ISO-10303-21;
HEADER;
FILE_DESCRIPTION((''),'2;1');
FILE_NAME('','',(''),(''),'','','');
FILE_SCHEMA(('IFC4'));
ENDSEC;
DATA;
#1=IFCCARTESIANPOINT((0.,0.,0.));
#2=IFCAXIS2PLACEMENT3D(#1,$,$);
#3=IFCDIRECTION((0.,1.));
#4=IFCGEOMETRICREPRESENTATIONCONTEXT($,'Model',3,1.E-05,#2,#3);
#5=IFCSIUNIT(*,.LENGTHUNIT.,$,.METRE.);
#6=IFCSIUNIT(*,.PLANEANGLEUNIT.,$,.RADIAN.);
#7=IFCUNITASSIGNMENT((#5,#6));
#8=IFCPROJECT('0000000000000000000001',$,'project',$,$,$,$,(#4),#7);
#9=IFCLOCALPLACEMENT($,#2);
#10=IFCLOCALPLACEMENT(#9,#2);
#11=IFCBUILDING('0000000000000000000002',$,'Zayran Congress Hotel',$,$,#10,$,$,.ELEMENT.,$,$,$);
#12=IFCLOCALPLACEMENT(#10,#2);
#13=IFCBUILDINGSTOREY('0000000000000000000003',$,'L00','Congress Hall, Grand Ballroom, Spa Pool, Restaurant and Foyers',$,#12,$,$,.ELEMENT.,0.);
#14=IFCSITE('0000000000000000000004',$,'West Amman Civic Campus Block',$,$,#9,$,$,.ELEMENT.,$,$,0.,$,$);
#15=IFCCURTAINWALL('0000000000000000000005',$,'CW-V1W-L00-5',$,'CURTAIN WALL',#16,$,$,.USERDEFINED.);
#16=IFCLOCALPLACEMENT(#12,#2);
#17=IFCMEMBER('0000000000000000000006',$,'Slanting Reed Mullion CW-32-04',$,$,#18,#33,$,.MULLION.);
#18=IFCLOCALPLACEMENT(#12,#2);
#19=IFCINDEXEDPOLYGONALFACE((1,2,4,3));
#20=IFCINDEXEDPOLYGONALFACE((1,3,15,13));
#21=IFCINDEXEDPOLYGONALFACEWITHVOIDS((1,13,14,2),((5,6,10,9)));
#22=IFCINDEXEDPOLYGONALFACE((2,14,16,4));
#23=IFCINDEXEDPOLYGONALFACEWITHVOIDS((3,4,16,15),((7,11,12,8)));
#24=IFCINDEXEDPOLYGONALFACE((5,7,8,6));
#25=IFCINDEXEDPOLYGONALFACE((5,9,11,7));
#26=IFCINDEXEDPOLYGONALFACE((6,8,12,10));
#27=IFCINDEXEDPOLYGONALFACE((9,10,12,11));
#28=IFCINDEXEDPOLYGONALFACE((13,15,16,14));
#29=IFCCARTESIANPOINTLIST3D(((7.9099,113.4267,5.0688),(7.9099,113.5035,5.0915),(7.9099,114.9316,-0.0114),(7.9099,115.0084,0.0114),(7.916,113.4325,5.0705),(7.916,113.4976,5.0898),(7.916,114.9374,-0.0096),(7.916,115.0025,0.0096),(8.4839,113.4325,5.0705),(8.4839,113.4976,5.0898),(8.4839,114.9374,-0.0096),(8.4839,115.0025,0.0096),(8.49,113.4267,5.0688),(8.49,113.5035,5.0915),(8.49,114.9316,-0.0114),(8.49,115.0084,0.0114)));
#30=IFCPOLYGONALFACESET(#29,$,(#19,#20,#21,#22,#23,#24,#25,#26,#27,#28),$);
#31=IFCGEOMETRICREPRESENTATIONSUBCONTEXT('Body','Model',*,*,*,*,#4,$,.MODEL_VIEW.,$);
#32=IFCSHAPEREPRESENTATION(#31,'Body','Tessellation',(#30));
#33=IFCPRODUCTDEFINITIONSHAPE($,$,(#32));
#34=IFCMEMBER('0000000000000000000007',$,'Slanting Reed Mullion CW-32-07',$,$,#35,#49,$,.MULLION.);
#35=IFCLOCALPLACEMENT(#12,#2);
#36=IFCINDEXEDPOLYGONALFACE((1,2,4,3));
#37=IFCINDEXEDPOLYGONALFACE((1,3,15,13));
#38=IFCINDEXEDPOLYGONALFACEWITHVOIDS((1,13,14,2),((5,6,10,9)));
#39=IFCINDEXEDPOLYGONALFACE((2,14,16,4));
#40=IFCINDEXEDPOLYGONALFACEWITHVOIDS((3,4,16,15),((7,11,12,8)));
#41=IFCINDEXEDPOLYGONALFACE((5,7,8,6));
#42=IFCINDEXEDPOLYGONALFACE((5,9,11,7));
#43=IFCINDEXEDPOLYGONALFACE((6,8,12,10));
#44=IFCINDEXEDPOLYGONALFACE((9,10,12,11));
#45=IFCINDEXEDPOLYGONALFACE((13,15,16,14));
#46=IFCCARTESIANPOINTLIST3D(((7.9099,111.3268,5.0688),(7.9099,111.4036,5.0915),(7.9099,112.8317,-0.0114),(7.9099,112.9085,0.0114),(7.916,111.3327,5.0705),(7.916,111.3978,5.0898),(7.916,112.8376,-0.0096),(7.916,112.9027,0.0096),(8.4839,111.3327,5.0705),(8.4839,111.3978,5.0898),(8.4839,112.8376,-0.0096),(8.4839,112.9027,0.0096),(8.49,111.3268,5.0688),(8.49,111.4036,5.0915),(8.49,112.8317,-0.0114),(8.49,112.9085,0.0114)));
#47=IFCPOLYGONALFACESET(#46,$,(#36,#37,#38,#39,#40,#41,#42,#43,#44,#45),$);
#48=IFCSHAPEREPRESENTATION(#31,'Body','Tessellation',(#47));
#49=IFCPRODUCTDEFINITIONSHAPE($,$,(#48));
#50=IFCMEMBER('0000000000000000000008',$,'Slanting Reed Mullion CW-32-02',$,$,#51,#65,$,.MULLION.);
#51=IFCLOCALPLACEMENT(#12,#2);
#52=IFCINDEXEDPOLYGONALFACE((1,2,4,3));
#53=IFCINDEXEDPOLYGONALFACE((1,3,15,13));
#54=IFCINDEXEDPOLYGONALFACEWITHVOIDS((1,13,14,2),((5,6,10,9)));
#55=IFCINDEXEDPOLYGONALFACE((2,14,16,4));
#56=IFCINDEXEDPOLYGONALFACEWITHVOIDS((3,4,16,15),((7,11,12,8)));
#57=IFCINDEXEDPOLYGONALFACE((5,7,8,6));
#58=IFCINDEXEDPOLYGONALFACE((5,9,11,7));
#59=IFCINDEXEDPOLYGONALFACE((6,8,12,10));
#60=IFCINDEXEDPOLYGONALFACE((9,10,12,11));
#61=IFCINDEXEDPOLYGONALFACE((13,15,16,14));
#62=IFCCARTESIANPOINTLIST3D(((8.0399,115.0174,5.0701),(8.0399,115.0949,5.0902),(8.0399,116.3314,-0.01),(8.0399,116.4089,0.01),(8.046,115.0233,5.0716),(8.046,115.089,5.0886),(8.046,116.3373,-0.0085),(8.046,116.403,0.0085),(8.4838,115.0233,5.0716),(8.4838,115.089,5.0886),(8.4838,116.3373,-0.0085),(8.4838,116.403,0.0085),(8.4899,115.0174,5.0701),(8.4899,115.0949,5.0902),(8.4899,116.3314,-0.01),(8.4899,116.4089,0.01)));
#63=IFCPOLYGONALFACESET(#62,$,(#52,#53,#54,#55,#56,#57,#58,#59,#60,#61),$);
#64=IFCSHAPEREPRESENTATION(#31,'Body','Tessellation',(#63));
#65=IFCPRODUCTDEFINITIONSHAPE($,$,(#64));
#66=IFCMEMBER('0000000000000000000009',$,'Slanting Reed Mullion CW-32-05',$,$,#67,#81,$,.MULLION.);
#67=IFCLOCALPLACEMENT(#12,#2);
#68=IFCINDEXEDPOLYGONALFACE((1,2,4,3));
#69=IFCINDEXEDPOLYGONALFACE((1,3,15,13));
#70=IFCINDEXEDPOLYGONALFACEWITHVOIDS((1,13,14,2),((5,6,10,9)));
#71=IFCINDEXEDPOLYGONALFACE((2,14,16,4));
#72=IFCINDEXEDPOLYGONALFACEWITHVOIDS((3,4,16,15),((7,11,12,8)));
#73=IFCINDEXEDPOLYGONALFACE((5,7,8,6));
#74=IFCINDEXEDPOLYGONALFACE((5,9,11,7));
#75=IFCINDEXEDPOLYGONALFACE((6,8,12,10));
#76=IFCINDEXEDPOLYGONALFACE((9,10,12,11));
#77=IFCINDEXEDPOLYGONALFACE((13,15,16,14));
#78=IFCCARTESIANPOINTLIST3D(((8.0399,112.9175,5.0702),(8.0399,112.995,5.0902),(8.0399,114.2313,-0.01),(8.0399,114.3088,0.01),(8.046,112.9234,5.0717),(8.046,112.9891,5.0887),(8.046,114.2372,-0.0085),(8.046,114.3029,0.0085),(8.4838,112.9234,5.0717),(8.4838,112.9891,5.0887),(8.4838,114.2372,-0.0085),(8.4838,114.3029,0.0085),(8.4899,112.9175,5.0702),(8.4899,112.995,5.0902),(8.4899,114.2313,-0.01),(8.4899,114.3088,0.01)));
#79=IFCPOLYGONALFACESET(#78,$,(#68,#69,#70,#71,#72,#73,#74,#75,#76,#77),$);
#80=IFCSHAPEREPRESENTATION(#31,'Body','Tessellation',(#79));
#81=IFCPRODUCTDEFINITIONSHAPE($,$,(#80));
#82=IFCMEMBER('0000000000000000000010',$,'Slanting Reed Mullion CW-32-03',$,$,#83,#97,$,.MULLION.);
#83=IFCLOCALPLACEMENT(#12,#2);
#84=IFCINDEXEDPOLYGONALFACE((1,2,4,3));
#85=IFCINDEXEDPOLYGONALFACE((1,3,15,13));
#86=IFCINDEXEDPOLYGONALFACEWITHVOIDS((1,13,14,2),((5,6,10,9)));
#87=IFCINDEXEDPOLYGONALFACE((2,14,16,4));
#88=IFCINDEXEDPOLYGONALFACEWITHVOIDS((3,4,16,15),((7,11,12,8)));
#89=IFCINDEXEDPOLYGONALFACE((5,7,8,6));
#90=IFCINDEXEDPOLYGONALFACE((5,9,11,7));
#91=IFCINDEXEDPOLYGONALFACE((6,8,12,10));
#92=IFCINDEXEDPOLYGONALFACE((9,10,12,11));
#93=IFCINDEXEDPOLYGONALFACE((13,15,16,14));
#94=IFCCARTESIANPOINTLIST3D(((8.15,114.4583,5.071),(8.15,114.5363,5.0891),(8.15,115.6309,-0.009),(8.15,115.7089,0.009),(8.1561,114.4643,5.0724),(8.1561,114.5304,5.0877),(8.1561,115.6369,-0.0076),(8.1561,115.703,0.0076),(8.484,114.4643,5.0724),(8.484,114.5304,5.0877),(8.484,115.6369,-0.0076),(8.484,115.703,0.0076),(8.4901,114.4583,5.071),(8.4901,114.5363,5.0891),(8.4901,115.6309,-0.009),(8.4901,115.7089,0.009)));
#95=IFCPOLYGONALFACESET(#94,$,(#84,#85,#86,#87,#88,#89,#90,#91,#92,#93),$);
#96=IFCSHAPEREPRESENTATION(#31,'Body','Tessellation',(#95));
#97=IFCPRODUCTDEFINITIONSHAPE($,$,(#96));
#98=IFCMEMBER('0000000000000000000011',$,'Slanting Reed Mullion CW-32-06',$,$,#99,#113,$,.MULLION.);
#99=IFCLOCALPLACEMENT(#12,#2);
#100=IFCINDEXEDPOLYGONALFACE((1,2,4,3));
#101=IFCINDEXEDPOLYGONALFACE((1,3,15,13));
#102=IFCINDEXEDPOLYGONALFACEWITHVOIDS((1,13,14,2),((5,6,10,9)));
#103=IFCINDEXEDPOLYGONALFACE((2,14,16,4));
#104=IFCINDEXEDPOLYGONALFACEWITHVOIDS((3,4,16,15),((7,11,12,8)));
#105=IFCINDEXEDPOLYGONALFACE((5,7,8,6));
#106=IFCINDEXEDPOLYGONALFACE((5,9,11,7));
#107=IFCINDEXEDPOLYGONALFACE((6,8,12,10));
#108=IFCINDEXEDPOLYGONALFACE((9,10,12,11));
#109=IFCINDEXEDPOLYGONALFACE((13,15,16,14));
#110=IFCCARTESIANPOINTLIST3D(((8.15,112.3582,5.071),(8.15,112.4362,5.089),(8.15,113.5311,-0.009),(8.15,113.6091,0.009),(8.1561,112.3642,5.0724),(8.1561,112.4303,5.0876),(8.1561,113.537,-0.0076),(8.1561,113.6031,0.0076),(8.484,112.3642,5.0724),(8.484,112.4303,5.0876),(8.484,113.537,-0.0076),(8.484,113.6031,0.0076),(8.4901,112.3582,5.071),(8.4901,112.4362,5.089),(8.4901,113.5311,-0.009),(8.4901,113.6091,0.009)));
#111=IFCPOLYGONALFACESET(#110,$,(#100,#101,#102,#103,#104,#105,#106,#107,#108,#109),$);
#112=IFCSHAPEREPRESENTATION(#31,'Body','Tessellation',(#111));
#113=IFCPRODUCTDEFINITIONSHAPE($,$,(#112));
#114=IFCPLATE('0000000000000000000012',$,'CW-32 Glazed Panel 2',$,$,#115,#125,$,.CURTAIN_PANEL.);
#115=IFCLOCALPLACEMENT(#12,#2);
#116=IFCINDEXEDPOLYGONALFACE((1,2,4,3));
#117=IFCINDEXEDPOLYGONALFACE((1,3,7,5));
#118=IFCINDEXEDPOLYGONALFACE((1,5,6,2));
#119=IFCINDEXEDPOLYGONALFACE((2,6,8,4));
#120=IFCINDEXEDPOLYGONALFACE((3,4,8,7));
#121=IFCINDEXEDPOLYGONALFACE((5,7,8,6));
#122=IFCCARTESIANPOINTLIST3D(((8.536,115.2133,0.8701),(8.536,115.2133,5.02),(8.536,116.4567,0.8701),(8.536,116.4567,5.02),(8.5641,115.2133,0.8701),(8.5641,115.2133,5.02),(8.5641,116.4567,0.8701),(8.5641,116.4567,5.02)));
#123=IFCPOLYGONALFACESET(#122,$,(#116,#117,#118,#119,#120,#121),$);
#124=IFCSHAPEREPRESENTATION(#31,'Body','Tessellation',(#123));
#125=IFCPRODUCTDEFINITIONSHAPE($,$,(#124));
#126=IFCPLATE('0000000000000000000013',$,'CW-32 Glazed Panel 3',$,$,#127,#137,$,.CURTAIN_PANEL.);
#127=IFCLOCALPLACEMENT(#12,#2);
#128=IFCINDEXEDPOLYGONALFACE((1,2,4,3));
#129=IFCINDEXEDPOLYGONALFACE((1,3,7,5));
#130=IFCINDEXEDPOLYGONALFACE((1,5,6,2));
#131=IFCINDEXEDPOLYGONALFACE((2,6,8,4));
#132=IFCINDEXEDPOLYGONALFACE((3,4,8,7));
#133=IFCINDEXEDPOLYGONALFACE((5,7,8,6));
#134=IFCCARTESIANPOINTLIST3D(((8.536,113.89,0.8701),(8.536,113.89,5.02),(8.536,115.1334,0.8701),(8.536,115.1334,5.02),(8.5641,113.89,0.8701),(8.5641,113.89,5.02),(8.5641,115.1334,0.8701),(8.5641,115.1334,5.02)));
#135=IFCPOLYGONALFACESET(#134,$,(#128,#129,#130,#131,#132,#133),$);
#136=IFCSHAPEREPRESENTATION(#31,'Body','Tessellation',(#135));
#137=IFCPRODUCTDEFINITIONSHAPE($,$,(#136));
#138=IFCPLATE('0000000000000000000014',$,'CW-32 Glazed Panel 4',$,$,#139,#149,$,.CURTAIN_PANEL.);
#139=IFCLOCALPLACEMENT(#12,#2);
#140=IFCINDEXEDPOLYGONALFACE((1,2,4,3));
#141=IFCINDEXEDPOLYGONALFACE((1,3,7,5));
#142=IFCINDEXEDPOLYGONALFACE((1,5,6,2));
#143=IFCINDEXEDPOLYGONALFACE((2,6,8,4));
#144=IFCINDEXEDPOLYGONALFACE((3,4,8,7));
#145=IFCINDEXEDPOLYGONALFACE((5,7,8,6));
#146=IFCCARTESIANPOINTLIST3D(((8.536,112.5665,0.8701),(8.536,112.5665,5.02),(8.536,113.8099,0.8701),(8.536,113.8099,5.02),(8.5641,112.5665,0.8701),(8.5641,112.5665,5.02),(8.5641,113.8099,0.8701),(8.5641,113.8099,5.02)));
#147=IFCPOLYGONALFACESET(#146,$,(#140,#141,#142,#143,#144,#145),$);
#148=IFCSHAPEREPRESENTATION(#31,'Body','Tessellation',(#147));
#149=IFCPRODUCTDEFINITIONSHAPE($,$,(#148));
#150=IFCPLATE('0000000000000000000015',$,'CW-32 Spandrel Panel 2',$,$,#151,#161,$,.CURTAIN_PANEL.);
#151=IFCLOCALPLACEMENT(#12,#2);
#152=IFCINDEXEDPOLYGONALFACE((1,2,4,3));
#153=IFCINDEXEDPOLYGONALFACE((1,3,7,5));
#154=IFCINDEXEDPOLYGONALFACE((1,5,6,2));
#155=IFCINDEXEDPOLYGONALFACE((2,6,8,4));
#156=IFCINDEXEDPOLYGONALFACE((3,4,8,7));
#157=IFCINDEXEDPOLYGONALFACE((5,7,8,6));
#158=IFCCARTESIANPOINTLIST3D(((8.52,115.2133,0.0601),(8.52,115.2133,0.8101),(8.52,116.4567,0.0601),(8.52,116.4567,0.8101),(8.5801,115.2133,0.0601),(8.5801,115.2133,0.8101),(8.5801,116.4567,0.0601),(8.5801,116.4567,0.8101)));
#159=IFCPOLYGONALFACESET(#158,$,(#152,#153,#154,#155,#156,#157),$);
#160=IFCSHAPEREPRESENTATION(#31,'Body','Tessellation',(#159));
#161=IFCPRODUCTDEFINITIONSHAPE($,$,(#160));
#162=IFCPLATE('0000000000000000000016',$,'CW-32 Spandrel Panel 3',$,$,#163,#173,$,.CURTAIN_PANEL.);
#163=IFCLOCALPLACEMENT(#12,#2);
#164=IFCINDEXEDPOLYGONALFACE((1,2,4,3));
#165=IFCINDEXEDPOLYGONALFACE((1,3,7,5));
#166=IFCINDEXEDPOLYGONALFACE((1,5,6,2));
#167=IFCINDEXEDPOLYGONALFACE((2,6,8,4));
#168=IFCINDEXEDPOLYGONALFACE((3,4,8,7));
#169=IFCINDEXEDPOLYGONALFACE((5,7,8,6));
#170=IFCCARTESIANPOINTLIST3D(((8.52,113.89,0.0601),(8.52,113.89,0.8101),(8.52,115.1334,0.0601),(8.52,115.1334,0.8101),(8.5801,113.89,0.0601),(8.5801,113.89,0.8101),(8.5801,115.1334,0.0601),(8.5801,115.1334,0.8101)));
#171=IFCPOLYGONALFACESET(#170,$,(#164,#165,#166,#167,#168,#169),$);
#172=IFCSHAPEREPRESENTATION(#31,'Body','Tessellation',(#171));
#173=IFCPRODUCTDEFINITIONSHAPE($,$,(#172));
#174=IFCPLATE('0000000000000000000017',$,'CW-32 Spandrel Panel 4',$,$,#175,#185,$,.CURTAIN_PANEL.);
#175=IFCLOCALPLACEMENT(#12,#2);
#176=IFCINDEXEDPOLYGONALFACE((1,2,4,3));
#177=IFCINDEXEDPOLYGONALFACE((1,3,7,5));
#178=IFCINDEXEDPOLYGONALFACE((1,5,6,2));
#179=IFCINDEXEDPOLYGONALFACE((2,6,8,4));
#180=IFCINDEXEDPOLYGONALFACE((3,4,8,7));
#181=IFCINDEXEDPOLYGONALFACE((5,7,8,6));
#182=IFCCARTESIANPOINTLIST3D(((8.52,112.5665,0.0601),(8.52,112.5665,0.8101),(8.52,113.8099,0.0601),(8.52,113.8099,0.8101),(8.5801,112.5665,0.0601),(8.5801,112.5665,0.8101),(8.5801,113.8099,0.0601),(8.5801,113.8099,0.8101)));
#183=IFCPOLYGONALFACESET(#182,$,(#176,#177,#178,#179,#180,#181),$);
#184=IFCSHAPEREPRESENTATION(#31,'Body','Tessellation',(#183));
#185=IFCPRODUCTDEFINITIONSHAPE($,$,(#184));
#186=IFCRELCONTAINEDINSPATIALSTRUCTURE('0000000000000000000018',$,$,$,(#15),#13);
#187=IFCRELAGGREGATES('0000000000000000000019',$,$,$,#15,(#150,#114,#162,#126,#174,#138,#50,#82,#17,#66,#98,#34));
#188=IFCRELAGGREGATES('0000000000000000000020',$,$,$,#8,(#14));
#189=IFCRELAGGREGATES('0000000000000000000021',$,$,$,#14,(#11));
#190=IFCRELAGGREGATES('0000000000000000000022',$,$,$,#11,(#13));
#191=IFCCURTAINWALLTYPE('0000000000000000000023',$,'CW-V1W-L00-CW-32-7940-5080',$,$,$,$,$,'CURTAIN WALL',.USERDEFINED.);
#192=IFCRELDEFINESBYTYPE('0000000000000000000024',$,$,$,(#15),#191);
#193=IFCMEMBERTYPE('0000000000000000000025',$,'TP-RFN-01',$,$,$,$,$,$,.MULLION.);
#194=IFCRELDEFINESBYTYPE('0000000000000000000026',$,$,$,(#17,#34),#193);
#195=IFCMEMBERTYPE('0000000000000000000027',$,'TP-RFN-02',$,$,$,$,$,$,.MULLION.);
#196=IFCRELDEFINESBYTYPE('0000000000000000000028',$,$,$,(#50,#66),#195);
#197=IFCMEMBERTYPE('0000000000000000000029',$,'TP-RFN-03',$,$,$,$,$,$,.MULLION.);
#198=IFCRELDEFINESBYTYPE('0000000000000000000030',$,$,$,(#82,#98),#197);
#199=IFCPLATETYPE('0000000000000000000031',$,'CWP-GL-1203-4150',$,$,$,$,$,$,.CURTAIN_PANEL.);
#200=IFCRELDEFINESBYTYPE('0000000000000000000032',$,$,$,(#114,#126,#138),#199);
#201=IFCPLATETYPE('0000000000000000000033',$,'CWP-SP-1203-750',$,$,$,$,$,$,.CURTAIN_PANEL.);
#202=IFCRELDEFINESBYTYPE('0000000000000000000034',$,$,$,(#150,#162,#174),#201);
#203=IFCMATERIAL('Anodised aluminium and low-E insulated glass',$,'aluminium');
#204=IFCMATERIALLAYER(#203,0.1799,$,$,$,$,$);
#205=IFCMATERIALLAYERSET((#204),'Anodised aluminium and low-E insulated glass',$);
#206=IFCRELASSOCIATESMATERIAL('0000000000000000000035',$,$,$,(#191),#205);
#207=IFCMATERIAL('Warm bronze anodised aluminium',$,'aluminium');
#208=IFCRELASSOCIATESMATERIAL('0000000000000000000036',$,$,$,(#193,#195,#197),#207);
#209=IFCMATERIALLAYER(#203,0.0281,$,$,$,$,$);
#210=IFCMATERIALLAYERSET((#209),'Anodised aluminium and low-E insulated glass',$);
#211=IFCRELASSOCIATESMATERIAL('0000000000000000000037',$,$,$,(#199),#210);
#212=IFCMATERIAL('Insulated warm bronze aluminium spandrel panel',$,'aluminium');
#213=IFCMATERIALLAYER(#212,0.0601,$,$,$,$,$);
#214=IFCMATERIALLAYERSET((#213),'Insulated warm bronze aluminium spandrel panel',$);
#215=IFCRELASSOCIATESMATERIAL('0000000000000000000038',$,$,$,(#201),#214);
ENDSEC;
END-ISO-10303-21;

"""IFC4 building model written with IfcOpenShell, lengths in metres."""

from ifc_helpers import new_model, si_unit, direction, frame, origin, origin_2d, place, context, subcontext, project, spatial, rectangle, hollow_rectangle, extrude, material, layer, layer_set, material_profile, profile_set, type_object, element, aggregate, save


model = new_model("IFC4")

# Units and contexts
model_context = context("Model", 3, precision=1e-05, world=origin(), true_north=direction((0.0, 1.0)))
body_context = subcontext(model_context, "Body", "Model", "MODEL_VIEW")
ifc_project = project(units=[si_unit("LENGTHUNIT", "METRE"), si_unit("PLANEANGLEUNIT", "RADIAN")], contexts=[model_context])

# Site, building, storey
site_placement = place(None, origin())
site = spatial("IfcSite", under=ifc_project, at=site_placement, Name="West Amman Civic Campus Block", CompositionType="ELEMENT", RefElevation=0.0)
building_placement = place(site_placement, origin())
building = spatial("IfcBuilding", under=site, at=building_placement, Name="Zayran Congress Hotel", CompositionType="ELEMENT")
storey_placement = place(building_placement, origin())
storey = spatial("IfcBuildingStorey", under=building, at=storey_placement, Name="L00", Description="Congress Hall, Grand Ballroom, Spa Pool, Restaurant and Foyers", CompositionType="ELEMENT", Elevation=0.0)

# Curtain wall, members, plates
ifc_material_1 = material(Name="Anodised aluminium and low-E insulated glass", Category="aluminium")
ifc_layer_1 = layer(ifc_material_1, 0.1799)
ifc_layer_set_1 = layer_set([ifc_layer_1], Name="Anodised aluminium and low-E insulated glass")
curtain_wall_type = type_object("IfcCurtainWallType", Name="CW-V1W-L00-CW-32-7940-5080", ElementType="CURTAIN WALL", PredefinedType="USERDEFINED", material=ifc_layer_set_1)
curtain_wall_placement = place(storey_placement, origin())
curtain_wall = element("IfcCurtainWall", 1, at=curtain_wall_placement, inside=storey, type_object=curtain_wall_type, Name="CW-V1W-L00-5", ObjectType="CURTAIN WALL", PredefinedType="USERDEFINED")
ifc_material_2 = material(Name="Warm bronze anodised aluminium", Category="aluminium")
ifc_material_profile_1 = material_profile(ifc_material_2, hollow_rectangle(XDim=0.0801, YDim=0.5801, WallThickness=0.0061, at=origin_2d()), Name="RHS 580x80x6")
ifc_profile_set_1 = profile_set([ifc_material_profile_1], Name="Warm bronze anodised aluminium")
member_type_1 = type_object("IfcMemberType", Name="TP-RFN-01", PredefinedType="MULLION", material=ifc_profile_set_1)
member_1_placement = place(storey_placement, frame((8.2, 114.97, 0.0), z_axis=(0.0, -0.284032, 0.958815), x_axis=(0.0, 0.958815, 0.284032)))
member_1 = element("IfcMember", 2, at=member_1_placement, type_object=member_type_1, Name="Slanting Reed Mullion CW-32-04", PredefinedType="MULLION", context=body_context, shape_type="SweptSolid", body=[
    extrude(hollow_rectangle(XDim=0.0801, YDim=0.5801, WallThickness=0.0061, at=origin_2d()), origin(), (0.0, 0.0, 1.0), 5.2983),
])
member_2_placement = place(storey_placement, frame((8.2, 112.8701, 0.0), z_axis=(0.0, -0.284032, 0.958815), x_axis=(0.0, 0.958815, 0.284032)))
member_2 = element("IfcMember", 3, at=member_2_placement, type_object=member_type_1, Name="Slanting Reed Mullion CW-32-07", PredefinedType="MULLION", context=body_context, shape_type="SweptSolid", body=[
    extrude(hollow_rectangle(XDim=0.0801, YDim=0.5801, WallThickness=0.0061, at=origin_2d()), origin(), (0.0, 0.0, 1.0), 5.2983),
])
ifc_material_profile_2 = material_profile(ifc_material_2, hollow_rectangle(XDim=0.0801, YDim=0.45, WallThickness=0.0061, at=origin_2d()), Name="RHS 450x80x6")
ifc_profile_set_2 = profile_set([ifc_material_profile_2], Name="Warm bronze anodised aluminium")
member_type_2 = type_object("IfcMemberType", Name="TP-RFN-02", PredefinedType="MULLION", material=ifc_profile_set_2)
member_3_placement = place(storey_placement, frame((8.2649, 116.3701, 0.0), z_axis=(0.0, -0.25041, 0.96814), x_axis=(0.0, 0.96814, 0.25041)))
member_3 = element("IfcMember", 4, at=member_3_placement, type_object=member_type_2, Name="Slanting Reed Mullion CW-32-02", PredefinedType="MULLION", context=body_context, shape_type="SweptSolid", body=[
    extrude(hollow_rectangle(XDim=0.0801, YDim=0.45, WallThickness=0.0061, at=origin_2d()), origin(), (0.0, 0.0, 1.0), 5.2473),
])
member_4_placement = place(storey_placement, frame((8.2649, 114.27, 0.0), z_axis=(0.0, -0.250366, 0.968151), x_axis=(0.0, 0.968151, 0.250366)))
member_4 = element("IfcMember", 5, at=member_4_placement, type_object=member_type_2, Name="Slanting Reed Mullion CW-32-05", PredefinedType="MULLION", context=body_context, shape_type="SweptSolid", body=[
    extrude(hollow_rectangle(XDim=0.0801, YDim=0.45, WallThickness=0.0061, at=origin_2d()), origin(), (0.0, 0.0, 1.0), 5.2473),
])
ifc_material_profile_3 = material_profile(ifc_material_2, hollow_rectangle(XDim=0.0801, YDim=0.3401, WallThickness=0.0061, at=origin_2d()), Name="RHS 340x80x6")
ifc_profile_set_3 = profile_set([ifc_material_profile_3], Name="Warm bronze anodised aluminium")
member_type_3 = type_object("IfcMemberType", Name="TP-RFN-03", PredefinedType="MULLION", material=ifc_profile_set_3)
member_5_placement = place(storey_placement, frame((8.3201, 115.6699, 0.0), z_axis=(0.0, -0.224911, 0.974379), x_axis=(0.0, 0.974379, 0.224911)))
member_5 = element("IfcMember", 6, at=member_5_placement, type_object=member_type_3, Name="Slanting Reed Mullion CW-32-03", PredefinedType="MULLION", context=body_context, shape_type="SweptSolid", body=[
    extrude(hollow_rectangle(XDim=0.0801, YDim=0.3401, WallThickness=0.0061, at=origin_2d()), origin(), (0.0, 0.0, 1.0), 5.2136),
])
member_6_placement = place(storey_placement, frame((8.3201, 113.5701, 0.0), z_axis=(0.0, -0.224955, 0.974369), x_axis=(0.0, 0.974369, 0.224955)))
member_6 = element("IfcMember", 7, at=member_6_placement, type_object=member_type_3, Name="Slanting Reed Mullion CW-32-06", PredefinedType="MULLION", context=body_context, shape_type="SweptSolid", body=[
    extrude(hollow_rectangle(XDim=0.0801, YDim=0.3401, WallThickness=0.0061, at=origin_2d()), origin(), (0.0, 0.0, 1.0), 5.2136),
])
ifc_layer_2 = layer(ifc_material_1, 0.0281)
ifc_layer_set_2 = layer_set([ifc_layer_2], Name="Anodised aluminium and low-E insulated glass")
plate_type_1 = type_object("IfcPlateType", Name="CWP-GL-1203-4150", PredefinedType="CURTAIN_PANEL", material=ifc_layer_set_2)
plate_1_placement = place(storey_placement, frame((8.55, 115.835, 0.8701), z_axis=(0.0, 0.0, 1.0), x_axis=(0.0, 1.0, 0.0)))
plate_1 = element("IfcPlate", 8, at=plate_1_placement, type_object=plate_type_1, Name="CW-32 Glazed Panel 2", PredefinedType="CURTAIN_PANEL", context=body_context, shape_type="SweptSolid", body=[
    extrude(rectangle(XDim=1.2434, YDim=0.0281, at=origin_2d()), origin(), (0.0, 0.0, 1.0), 4.1499),
])
plate_2_placement = place(storey_placement, frame((8.55, 114.5117, 0.8701), z_axis=(0.0, 0.0, 1.0), x_axis=(0.0, 1.0, 0.0)))
plate_2 = element("IfcPlate", 9, at=plate_2_placement, type_object=plate_type_1, Name="CW-32 Glazed Panel 3", PredefinedType="CURTAIN_PANEL", context=body_context, shape_type="SweptSolid", body=[
    extrude(rectangle(XDim=1.2434, YDim=0.0281, at=origin_2d()), origin(), (0.0, 0.0, 1.0), 4.1499),
])
plate_3_placement = place(storey_placement, frame((8.55, 113.1882, 0.8701), z_axis=(0.0, 0.0, 1.0), x_axis=(0.0, 1.0, 0.0)))
plate_3 = element("IfcPlate", 10, at=plate_3_placement, type_object=plate_type_1, Name="CW-32 Glazed Panel 4", PredefinedType="CURTAIN_PANEL", context=body_context, shape_type="SweptSolid", body=[
    extrude(rectangle(XDim=1.2434, YDim=0.0281, at=origin_2d()), origin(), (0.0, 0.0, 1.0), 4.1499),
])
ifc_material_3 = material(Name="Insulated warm bronze aluminium spandrel panel", Category="aluminium")
ifc_layer_3 = layer(ifc_material_3, 0.0601)
ifc_layer_set_3 = layer_set([ifc_layer_3], Name="Insulated warm bronze aluminium spandrel panel")
plate_type_2 = type_object("IfcPlateType", Name="CWP-SP-1203-750", PredefinedType="CURTAIN_PANEL", material=ifc_layer_set_3)
plate_4_placement = place(storey_placement, frame((8.55, 115.835, 0.0601), z_axis=(0.0, 0.0, 1.0), x_axis=(0.0, 1.0, 0.0)))
plate_4 = element("IfcPlate", 11, at=plate_4_placement, type_object=plate_type_2, Name="CW-32 Spandrel Panel 2", PredefinedType="CURTAIN_PANEL", context=body_context, shape_type="SweptSolid", body=[
    extrude(rectangle(XDim=1.2434, YDim=0.0601, at=origin_2d()), origin(), (0.0, 0.0, 1.0), 0.75),
])
plate_5_placement = place(storey_placement, frame((8.55, 114.5117, 0.0601), z_axis=(0.0, 0.0, 1.0), x_axis=(0.0, 1.0, 0.0)))
plate_5 = element("IfcPlate", 12, at=plate_5_placement, type_object=plate_type_2, Name="CW-32 Spandrel Panel 3", PredefinedType="CURTAIN_PANEL", context=body_context, shape_type="SweptSolid", body=[
    extrude(rectangle(XDim=1.2434, YDim=0.0601, at=origin_2d()), origin(), (0.0, 0.0, 1.0), 0.75),
])
plate_6_placement = place(storey_placement, frame((8.55, 113.1882, 0.0601), z_axis=(0.0, 0.0, 1.0), x_axis=(0.0, 1.0, 0.0)))
plate_6 = element("IfcPlate", 13, at=plate_6_placement, type_object=plate_type_2, Name="CW-32 Spandrel Panel 4", PredefinedType="CURTAIN_PANEL", context=body_context, shape_type="SweptSolid", body=[
    extrude(rectangle(XDim=1.2434, YDim=0.0601, at=origin_2d()), origin(), (0.0, 0.0, 1.0), 0.75),
])
aggregate(curtain_wall, [plate_4, plate_1, plate_5, plate_2, plate_6, plate_3, member_3, member_5, member_1, member_4, member_6, member_2])

save(model, "model.ifc")
